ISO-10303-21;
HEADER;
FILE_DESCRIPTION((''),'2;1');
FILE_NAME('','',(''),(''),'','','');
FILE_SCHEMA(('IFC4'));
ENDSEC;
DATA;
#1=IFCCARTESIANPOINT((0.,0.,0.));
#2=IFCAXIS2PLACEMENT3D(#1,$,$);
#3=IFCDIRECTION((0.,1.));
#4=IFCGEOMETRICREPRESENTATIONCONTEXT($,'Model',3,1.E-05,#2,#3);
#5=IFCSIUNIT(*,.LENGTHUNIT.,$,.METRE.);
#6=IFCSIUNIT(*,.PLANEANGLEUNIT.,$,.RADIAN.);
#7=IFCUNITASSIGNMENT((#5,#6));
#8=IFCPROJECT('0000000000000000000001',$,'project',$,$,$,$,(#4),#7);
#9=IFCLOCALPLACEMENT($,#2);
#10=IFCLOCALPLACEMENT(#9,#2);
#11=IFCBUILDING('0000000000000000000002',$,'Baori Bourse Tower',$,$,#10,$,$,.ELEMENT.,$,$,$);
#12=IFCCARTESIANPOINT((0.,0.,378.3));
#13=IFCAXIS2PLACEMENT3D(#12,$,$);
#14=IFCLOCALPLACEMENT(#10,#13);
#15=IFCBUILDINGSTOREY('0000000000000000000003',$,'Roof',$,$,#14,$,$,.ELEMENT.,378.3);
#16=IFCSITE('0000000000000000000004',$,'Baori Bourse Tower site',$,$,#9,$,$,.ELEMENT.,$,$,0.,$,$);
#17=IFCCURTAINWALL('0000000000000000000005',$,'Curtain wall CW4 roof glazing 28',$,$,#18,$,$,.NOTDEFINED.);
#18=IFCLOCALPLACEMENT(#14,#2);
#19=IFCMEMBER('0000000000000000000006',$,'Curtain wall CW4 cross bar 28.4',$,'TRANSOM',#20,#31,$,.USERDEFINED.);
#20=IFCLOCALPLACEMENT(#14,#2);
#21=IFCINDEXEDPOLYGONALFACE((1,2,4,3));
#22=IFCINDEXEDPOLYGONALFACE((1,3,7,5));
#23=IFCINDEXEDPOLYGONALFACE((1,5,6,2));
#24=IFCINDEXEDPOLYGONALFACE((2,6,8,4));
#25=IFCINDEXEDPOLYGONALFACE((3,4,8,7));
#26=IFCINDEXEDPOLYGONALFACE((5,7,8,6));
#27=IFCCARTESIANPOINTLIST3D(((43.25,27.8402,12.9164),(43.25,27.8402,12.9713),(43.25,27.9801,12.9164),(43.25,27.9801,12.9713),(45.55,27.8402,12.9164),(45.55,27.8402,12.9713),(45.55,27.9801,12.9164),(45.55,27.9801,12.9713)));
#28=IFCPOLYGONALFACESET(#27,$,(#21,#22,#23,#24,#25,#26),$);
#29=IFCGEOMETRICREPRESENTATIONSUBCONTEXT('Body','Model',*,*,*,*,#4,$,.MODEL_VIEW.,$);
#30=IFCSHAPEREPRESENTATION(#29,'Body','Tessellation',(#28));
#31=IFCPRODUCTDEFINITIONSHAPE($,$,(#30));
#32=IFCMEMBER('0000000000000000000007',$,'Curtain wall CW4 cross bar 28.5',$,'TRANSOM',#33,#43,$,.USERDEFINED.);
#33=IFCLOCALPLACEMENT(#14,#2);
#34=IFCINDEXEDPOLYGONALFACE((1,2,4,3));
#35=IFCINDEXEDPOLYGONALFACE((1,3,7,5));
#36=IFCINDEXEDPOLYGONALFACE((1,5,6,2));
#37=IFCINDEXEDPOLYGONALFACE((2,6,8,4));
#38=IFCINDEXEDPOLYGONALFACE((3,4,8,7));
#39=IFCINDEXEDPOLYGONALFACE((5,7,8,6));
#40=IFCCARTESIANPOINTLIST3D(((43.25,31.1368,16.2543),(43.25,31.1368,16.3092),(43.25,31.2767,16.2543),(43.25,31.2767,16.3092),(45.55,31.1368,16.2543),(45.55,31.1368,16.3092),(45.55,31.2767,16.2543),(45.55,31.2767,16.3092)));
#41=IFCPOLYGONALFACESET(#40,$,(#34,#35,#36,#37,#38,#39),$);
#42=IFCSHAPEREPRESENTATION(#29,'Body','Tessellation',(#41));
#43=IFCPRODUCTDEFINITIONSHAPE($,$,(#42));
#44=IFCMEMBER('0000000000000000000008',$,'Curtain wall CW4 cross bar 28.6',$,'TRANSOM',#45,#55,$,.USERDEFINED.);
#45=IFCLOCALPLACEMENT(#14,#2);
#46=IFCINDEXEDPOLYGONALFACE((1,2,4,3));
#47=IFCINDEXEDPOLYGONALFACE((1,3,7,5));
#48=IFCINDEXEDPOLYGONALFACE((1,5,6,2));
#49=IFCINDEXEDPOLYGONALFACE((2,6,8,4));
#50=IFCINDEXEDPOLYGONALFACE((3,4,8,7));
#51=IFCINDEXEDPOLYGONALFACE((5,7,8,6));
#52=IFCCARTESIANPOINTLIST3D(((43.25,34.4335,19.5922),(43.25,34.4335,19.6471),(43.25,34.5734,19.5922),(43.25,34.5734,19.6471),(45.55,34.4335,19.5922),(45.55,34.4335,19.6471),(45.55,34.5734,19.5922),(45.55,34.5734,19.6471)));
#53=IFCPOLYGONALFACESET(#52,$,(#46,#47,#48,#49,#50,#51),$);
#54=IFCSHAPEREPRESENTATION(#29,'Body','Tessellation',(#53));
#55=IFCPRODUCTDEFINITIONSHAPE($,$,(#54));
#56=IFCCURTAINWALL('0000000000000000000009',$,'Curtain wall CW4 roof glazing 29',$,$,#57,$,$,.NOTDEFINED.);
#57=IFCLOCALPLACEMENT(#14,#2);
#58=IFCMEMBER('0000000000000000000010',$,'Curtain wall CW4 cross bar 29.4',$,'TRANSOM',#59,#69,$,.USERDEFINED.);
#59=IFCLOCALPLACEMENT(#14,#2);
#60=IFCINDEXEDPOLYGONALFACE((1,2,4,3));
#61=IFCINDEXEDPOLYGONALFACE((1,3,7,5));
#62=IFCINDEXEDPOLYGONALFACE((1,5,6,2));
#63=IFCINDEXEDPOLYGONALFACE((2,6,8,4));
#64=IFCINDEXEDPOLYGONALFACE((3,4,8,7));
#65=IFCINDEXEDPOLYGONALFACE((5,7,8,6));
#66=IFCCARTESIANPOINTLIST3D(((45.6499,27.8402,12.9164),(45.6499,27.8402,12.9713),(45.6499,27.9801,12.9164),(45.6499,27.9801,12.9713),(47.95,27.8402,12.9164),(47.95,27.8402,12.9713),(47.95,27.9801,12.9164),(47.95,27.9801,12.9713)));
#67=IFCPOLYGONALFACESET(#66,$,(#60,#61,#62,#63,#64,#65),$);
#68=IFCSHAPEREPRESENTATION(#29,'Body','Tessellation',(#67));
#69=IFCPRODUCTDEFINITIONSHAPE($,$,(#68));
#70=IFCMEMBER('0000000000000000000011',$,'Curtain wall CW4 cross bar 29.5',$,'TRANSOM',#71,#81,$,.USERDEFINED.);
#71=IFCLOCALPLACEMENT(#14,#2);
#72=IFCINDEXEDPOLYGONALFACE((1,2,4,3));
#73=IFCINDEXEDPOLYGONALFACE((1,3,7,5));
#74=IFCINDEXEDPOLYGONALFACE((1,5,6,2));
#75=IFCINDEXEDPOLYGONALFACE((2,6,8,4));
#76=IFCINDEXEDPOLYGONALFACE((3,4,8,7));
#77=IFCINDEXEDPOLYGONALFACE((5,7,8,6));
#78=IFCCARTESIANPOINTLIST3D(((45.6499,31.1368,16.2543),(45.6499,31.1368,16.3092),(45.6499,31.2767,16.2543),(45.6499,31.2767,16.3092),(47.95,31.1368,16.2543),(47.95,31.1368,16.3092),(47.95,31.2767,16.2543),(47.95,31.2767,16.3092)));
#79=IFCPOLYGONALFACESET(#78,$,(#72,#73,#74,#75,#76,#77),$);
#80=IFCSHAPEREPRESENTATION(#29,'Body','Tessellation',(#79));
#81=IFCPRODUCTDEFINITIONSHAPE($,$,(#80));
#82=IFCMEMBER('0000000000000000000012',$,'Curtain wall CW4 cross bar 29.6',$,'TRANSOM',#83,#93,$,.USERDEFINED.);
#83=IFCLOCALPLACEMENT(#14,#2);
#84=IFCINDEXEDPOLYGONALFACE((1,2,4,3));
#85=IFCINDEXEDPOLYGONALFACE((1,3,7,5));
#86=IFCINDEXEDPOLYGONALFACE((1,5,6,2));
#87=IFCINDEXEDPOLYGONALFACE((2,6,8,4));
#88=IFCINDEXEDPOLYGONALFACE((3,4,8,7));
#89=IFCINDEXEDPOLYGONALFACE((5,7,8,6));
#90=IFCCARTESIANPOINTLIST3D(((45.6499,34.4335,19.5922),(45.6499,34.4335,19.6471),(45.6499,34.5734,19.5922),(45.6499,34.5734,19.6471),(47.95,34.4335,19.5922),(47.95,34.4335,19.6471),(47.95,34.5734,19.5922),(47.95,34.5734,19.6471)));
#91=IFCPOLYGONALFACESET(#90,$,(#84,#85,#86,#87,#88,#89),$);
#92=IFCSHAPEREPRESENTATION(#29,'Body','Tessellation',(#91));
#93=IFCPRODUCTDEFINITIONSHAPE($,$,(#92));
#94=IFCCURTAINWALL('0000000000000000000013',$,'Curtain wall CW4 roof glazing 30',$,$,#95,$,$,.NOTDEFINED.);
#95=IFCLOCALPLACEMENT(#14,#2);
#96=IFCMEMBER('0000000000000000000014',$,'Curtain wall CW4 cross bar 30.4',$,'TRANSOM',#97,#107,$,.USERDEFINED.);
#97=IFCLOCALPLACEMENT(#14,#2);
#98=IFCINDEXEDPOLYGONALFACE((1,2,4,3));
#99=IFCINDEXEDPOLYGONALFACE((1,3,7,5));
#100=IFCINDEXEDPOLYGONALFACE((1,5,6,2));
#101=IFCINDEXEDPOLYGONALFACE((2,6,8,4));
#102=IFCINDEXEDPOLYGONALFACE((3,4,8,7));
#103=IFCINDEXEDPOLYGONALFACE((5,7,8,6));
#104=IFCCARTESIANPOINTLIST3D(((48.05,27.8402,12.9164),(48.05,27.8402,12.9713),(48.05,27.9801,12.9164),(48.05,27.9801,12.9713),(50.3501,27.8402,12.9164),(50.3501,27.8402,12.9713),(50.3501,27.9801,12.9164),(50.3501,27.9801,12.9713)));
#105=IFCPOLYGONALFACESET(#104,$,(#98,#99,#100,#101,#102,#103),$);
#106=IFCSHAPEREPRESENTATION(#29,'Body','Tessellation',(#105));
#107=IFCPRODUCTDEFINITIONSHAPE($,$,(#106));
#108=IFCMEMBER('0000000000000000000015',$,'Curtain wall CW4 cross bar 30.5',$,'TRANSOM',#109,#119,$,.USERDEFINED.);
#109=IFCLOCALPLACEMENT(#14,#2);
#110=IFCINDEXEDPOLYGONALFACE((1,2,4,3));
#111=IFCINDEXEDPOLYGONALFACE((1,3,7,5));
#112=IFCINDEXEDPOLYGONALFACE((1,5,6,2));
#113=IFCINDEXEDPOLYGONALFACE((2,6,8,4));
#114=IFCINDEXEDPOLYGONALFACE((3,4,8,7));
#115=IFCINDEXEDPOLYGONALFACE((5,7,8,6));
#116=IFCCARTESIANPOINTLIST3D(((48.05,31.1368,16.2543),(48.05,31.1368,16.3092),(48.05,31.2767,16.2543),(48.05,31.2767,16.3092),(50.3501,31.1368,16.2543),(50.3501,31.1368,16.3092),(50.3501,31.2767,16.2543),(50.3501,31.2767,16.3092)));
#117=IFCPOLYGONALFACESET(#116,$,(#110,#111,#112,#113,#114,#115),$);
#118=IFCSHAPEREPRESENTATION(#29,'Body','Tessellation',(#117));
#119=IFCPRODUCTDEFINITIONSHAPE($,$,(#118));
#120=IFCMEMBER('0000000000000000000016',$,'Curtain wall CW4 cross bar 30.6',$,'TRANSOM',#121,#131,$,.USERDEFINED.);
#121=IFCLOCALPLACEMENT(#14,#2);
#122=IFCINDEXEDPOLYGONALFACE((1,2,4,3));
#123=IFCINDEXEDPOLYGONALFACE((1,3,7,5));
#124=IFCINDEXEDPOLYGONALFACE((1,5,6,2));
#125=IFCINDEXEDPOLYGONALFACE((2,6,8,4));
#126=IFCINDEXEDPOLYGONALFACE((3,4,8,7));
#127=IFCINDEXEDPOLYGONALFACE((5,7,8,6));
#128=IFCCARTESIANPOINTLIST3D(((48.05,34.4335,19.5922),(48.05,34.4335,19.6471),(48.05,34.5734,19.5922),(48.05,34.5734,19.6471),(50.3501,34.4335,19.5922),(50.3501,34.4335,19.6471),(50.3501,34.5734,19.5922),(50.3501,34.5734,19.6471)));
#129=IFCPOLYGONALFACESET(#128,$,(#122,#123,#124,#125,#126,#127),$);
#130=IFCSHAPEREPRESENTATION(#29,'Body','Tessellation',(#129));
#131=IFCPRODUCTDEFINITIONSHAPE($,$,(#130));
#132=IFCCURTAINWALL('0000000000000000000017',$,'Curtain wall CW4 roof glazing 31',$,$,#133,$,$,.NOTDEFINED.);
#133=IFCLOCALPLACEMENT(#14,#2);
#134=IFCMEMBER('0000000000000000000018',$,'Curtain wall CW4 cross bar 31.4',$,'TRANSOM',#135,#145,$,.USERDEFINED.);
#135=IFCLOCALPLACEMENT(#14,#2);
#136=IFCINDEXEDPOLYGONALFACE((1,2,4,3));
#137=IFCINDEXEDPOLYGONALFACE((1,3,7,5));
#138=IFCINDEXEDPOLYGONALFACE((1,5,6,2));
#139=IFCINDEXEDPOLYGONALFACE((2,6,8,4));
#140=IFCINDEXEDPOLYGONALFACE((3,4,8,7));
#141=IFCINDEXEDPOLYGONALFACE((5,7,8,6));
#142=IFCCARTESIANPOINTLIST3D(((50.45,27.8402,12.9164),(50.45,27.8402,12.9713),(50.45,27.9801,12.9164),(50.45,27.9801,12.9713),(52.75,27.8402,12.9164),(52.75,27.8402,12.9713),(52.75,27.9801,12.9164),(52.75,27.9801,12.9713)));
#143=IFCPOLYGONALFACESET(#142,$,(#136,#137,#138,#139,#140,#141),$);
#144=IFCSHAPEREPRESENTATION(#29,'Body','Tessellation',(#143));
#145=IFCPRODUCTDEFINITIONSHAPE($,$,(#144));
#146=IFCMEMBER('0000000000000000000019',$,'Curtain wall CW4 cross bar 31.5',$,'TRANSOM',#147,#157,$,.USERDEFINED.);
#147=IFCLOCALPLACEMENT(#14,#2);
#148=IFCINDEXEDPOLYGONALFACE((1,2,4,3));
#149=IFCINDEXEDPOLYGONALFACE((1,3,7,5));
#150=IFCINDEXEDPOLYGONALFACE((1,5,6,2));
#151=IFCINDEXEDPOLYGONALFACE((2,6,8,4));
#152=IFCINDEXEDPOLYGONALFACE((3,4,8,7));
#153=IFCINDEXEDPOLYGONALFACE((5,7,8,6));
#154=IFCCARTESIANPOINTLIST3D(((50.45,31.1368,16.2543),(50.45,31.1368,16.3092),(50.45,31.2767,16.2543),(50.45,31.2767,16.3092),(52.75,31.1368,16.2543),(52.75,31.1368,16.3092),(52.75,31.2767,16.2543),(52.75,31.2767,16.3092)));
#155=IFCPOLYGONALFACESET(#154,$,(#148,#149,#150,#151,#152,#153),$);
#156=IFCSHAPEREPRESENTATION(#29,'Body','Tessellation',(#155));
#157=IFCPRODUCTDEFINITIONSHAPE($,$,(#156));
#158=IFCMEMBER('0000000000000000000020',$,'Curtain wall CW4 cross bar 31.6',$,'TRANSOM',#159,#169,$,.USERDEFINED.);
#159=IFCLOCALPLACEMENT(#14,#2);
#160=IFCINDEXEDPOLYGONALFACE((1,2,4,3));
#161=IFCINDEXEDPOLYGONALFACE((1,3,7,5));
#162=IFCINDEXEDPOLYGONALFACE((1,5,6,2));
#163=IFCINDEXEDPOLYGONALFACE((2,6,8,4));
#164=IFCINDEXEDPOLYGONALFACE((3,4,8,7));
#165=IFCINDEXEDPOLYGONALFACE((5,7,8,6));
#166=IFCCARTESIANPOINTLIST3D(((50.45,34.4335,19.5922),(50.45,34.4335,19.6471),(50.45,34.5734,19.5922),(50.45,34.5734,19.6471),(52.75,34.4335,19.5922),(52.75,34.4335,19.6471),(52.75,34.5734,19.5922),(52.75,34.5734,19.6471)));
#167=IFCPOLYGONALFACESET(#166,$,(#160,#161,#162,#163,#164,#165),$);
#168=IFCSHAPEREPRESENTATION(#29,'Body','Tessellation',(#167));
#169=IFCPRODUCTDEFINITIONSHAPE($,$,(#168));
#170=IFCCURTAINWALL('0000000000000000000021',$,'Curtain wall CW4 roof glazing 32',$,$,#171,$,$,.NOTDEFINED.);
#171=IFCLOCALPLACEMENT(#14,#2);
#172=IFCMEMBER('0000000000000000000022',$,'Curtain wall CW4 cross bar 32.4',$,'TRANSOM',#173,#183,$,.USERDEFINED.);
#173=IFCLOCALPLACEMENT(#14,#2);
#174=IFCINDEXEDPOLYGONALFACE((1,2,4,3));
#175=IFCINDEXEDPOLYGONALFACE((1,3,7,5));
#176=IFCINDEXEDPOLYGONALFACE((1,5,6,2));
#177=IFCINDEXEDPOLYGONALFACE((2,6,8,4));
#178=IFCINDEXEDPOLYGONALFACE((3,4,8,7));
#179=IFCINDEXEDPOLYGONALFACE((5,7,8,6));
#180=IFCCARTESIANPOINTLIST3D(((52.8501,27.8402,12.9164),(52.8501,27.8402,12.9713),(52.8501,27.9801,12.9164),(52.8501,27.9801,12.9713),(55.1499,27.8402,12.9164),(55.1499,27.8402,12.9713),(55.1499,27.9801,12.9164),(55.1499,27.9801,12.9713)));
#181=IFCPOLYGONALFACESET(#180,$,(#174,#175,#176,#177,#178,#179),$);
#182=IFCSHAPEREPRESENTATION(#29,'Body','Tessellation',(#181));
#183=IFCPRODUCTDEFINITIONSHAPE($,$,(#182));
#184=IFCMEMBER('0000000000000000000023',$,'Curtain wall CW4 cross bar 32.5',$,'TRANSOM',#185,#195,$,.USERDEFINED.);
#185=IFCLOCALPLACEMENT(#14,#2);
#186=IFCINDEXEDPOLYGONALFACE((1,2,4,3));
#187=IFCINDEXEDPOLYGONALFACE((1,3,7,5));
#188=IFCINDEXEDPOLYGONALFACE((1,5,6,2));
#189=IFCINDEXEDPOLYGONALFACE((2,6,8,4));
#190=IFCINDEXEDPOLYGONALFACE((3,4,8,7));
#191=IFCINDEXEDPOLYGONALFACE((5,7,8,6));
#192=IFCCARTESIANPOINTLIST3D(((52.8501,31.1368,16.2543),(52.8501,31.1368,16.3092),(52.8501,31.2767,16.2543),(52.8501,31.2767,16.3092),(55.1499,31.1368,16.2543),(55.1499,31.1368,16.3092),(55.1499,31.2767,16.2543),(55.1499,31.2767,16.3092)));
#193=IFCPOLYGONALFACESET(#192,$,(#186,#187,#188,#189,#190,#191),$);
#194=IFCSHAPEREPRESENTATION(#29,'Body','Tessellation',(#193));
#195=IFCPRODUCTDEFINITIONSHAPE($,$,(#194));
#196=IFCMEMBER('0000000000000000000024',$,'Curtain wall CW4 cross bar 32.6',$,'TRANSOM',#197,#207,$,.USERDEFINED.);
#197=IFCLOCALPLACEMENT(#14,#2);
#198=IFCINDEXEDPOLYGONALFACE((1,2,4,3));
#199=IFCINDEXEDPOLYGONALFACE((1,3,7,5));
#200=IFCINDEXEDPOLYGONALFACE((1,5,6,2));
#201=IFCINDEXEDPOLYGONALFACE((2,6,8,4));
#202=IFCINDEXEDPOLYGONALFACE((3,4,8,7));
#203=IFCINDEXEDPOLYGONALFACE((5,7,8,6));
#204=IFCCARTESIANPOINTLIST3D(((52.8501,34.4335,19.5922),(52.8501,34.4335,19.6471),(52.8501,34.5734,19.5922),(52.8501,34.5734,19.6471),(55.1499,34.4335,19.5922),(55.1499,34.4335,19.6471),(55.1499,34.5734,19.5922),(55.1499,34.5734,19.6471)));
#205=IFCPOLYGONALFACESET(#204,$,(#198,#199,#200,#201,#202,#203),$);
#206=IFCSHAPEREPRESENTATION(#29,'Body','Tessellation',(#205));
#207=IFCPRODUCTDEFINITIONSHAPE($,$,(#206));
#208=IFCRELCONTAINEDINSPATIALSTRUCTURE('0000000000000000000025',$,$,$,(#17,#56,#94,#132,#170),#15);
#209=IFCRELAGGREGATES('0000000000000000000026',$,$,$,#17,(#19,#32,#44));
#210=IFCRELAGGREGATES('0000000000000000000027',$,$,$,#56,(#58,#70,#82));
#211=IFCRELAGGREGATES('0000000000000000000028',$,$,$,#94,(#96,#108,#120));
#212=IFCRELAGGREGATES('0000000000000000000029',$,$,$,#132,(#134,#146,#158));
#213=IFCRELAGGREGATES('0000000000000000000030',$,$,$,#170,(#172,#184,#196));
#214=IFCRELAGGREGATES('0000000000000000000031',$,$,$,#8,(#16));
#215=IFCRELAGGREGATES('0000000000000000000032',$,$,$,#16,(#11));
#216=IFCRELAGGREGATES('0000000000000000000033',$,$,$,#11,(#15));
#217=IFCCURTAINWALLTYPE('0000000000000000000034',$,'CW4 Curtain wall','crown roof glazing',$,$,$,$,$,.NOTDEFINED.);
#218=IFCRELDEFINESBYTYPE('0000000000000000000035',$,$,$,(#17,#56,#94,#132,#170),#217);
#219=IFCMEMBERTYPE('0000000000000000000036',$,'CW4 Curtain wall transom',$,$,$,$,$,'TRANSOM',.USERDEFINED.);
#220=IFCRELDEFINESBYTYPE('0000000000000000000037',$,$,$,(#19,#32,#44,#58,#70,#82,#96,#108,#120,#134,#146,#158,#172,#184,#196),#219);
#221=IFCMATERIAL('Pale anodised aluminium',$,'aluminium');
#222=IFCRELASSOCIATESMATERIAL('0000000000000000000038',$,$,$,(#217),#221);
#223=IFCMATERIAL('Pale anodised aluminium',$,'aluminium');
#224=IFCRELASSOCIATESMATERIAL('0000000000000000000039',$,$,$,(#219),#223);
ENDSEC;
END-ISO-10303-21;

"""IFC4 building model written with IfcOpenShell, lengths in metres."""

from ifc_helpers import new_model, si_unit, direction, frame, origin, origin_2d, place, context, subcontext, project, spatial, rectangle, extrude, material, material_profile, profile_set, type_object, element, aggregate, save


model = new_model("IFC4")

# Units and contexts
model_context = context("Model", 3, precision=1e-05, world=origin(), true_north=direction((0.0, 1.0)))
body_context = subcontext(model_context, "Body", "Model", "MODEL_VIEW")
ifc_project = project(units=[si_unit("LENGTHUNIT", "METRE"), si_unit("PLANEANGLEUNIT", "RADIAN")], contexts=[model_context])

# Site, building, storey
site_placement = place(None, origin())
site = spatial("IfcSite", under=ifc_project, at=site_placement, Name="Baori Bourse Tower site", CompositionType="ELEMENT", RefElevation=0.0)
building_placement = place(site_placement, origin())
building = spatial("IfcBuilding", under=site, at=building_placement, Name="Baori Bourse Tower", CompositionType="ELEMENT")
storey_placement = place(building_placement, frame((0.0, 0.0, 378.3)))
storey = spatial("IfcBuildingStorey", under=building, at=storey_placement, Name="Roof", CompositionType="ELEMENT", Elevation=378.3)

# Curtain walls, members
ifc_material_1 = material(Name="Pale anodised aluminium", Category="aluminium")
curtain_wall_type_1 = type_object("IfcCurtainWallType", Name="CW4 Curtain wall", Description="crown roof glazing", PredefinedType="NOTDEFINED", material=ifc_material_1)
curtain_wall_1_placement = place(storey_placement, origin())
curtain_wall_1 = element("IfcCurtainWall", 1, at=curtain_wall_1_placement, inside=storey, type_object=curtain_wall_type_1, Name="Curtain wall CW4 roof glazing 28", PredefinedType="NOTDEFINED")
ifc_material_2 = material(Name="Pale anodised aluminium", Category="aluminium")
ifc_material_profile = material_profile(ifc_material_2, rectangle(XDim=0.1399, YDim=0.0549, at=origin_2d()), Name="Transom 55x140")
ifc_profile_set = profile_set([ifc_material_profile], Name="Pale anodised aluminium")
member_type = type_object("IfcMemberType", Name="CW4 Curtain wall transom", ElementType="TRANSOM", PredefinedType="USERDEFINED", material=ifc_profile_set)
member_1_placement = place(storey_placement, frame((43.25, 27.9102, 12.9438), z_axis=(1.0, 0.0, 0.0), x_axis=(0.0, 1.0, 0.0)))
member_1 = element("IfcMember", 2, at=member_1_placement, type_object=member_type, Name="Curtain wall CW4 cross bar 28.4", ObjectType="TRANSOM", PredefinedType="USERDEFINED", context=body_context, shape_type="SweptSolid", body=[
    extrude(rectangle(XDim=0.1399, YDim=0.0549, at=origin_2d()), origin(), (0.0, 0.0, 1.0), 2.3),
])
member_2_placement = place(storey_placement, frame((43.25, 31.2068, 16.2817), z_axis=(1.0, 0.0, 0.0), x_axis=(0.0, 1.0, 0.0)))
member_2 = element("IfcMember", 3, at=member_2_placement, type_object=member_type, Name="Curtain wall CW4 cross bar 28.5", ObjectType="TRANSOM", PredefinedType="USERDEFINED", context=body_context, shape_type="SweptSolid", body=[
    extrude(rectangle(XDim=0.1399, YDim=0.0549, at=origin_2d()), origin(), (0.0, 0.0, 1.0), 2.3),
])
member_3_placement = place(storey_placement, frame((43.25, 34.5034, 19.6196), z_axis=(1.0, 0.0, 0.0), x_axis=(0.0, 1.0, 0.0)))
member_3 = element("IfcMember", 4, at=member_3_placement, type_object=member_type, Name="Curtain wall CW4 cross bar 28.6", ObjectType="TRANSOM", PredefinedType="USERDEFINED", context=body_context, shape_type="SweptSolid", body=[
    extrude(rectangle(XDim=0.1399, YDim=0.0549, at=origin_2d()), origin(), (0.0, 0.0, 1.0), 2.3),
])
curtain_wall_2_placement = place(storey_placement, origin())
curtain_wall_2 = element("IfcCurtainWall", 5, at=curtain_wall_2_placement, inside=storey, type_object=curtain_wall_type_1, Name="Curtain wall CW4 roof glazing 29", PredefinedType="NOTDEFINED")
member_4_placement = place(storey_placement, frame((45.6499, 27.9102, 12.9438), z_axis=(1.0, 0.0, 0.0), x_axis=(0.0, 1.0, 0.0)))
member_4 = element("IfcMember", 6, at=member_4_placement, type_object=member_type, Name="Curtain wall CW4 cross bar 29.4", ObjectType="TRANSOM", PredefinedType="USERDEFINED", context=body_context, shape_type="SweptSolid", body=[
    extrude(rectangle(XDim=0.1399, YDim=0.0549, at=origin_2d()), origin(), (0.0, 0.0, 1.0), 2.3),
])
member_5_placement = place(storey_placement, frame((45.6499, 31.2068, 16.2817), z_axis=(1.0, 0.0, 0.0), x_axis=(0.0, 1.0, 0.0)))
member_5 = element("IfcMember", 7, at=member_5_placement, type_object=member_type, Name="Curtain wall CW4 cross bar 29.5", ObjectType="TRANSOM", PredefinedType="USERDEFINED", context=body_context, shape_type="SweptSolid", body=[
    extrude(rectangle(XDim=0.1399, YDim=0.0549, at=origin_2d()), origin(), (0.0, 0.0, 1.0), 2.3),
])
member_6_placement = place(storey_placement, frame((45.6499, 34.5034, 19.6196), z_axis=(1.0, 0.0, 0.0), x_axis=(0.0, 1.0, 0.0)))
member_6 = element("IfcMember", 8, at=member_6_placement, type_object=member_type, Name="Curtain wall CW4 cross bar 29.6", ObjectType="TRANSOM", PredefinedType="USERDEFINED", context=body_context, shape_type="SweptSolid", body=[
    extrude(rectangle(XDim=0.1399, YDim=0.0549, at=origin_2d()), origin(), (0.0, 0.0, 1.0), 2.3),
])
curtain_wall_3_placement = place(storey_placement, origin())
curtain_wall_3 = element("IfcCurtainWall", 9, at=curtain_wall_3_placement, inside=storey, type_object=curtain_wall_type_1, Name="Curtain wall CW4 roof glazing 30", PredefinedType="NOTDEFINED")
member_7_placement = place(storey_placement, frame((48.05, 27.9102, 12.9438), z_axis=(1.0, 0.0, 0.0), x_axis=(0.0, 1.0, 0.0)))
member_7 = element("IfcMember", 10, at=member_7_placement, type_object=member_type, Name="Curtain wall CW4 cross bar 30.4", ObjectType="TRANSOM", PredefinedType="USERDEFINED", context=body_context, shape_type="SweptSolid", body=[
    extrude(rectangle(XDim=0.1399, YDim=0.0549, at=origin_2d()), origin(), (0.0, 0.0, 1.0), 2.3),
])
member_8_placement = place(storey_placement, frame((48.05, 31.2068, 16.2817), z_axis=(1.0, 0.0, 0.0), x_axis=(0.0, 1.0, 0.0)))
member_8 = element("IfcMember", 11, at=member_8_placement, type_object=member_type, Name="Curtain wall CW4 cross bar 30.5", ObjectType="TRANSOM", PredefinedType="USERDEFINED", context=body_context, shape_type="SweptSolid", body=[
    extrude(rectangle(XDim=0.1399, YDim=0.0549, at=origin_2d()), origin(), (0.0, 0.0, 1.0), 2.3),
])
member_9_placement = place(storey_placement, frame((48.05, 34.5034, 19.6196), z_axis=(1.0, 0.0, 0.0), x_axis=(0.0, 1.0, 0.0)))
member_9 = element("IfcMember", 12, at=member_9_placement, type_object=member_type, Name="Curtain wall CW4 cross bar 30.6", ObjectType="TRANSOM", PredefinedType="USERDEFINED", context=body_context, shape_type="SweptSolid", body=[
    extrude(rectangle(XDim=0.1399, YDim=0.0549, at=origin_2d()), origin(), (0.0, 0.0, 1.0), 2.3),
])
curtain_wall_4_placement = place(storey_placement, origin())
curtain_wall_4 = element("IfcCurtainWall", 13, at=curtain_wall_4_placement, inside=storey, type_object=curtain_wall_type_1, Name="Curtain wall CW4 roof glazing 31", PredefinedType="NOTDEFINED")
member_10_placement = place(storey_placement, frame((50.45, 27.9102, 12.9438), z_axis=(1.0, 0.0, 0.0), x_axis=(0.0, 1.0, 0.0)))
member_10 = element("IfcMember", 14, at=member_10_placement, type_object=member_type, Name="Curtain wall CW4 cross bar 31.4", ObjectType="TRANSOM", PredefinedType="USERDEFINED", context=body_context, shape_type="SweptSolid", body=[
    extrude(rectangle(XDim=0.1399, YDim=0.0549, at=origin_2d()), origin(), (0.0, 0.0, 1.0), 2.3),
])
member_11_placement = place(storey_placement, frame((50.45, 31.2068, 16.2817), z_axis=(1.0, 0.0, 0.0), x_axis=(0.0, 1.0, 0.0)))
member_11 = element("IfcMember", 15, at=member_11_placement, type_object=member_type, Name="Curtain wall CW4 cross bar 31.5", ObjectType="TRANSOM", PredefinedType="USERDEFINED", context=body_context, shape_type="SweptSolid", body=[
    extrude(rectangle(XDim=0.1399, YDim=0.0549, at=origin_2d()), origin(), (0.0, 0.0, 1.0), 2.3),
])
member_12_placement = place(storey_placement, frame((50.45, 34.5034, 19.6196), z_axis=(1.0, 0.0, 0.0), x_axis=(0.0, 1.0, 0.0)))
member_12 = element("IfcMember", 16, at=member_12_placement, type_object=member_type, Name="Curtain wall CW4 cross bar 31.6", ObjectType="TRANSOM", PredefinedType="USERDEFINED", context=body_context, shape_type="SweptSolid", body=[
    extrude(rectangle(XDim=0.1399, YDim=0.0549, at=origin_2d()), origin(), (0.0, 0.0, 1.0), 2.3),
])
curtain_wall_5_placement = place(storey_placement, origin())
curtain_wall_5 = element("IfcCurtainWall", 17, at=curtain_wall_5_placement, inside=storey, type_object=curtain_wall_type_1, Name="Curtain wall CW4 roof glazing 32", PredefinedType="NOTDEFINED")
member_13_placement = place(storey_placement, frame((52.8501, 27.9102, 12.9438), z_axis=(1.0, 0.0, 0.0), x_axis=(0.0, 1.0, 0.0)))
member_13 = element("IfcMember", 18, at=member_13_placement, type_object=member_type, Name="Curtain wall CW4 cross bar 32.4", ObjectType="TRANSOM", PredefinedType="USERDEFINED", context=body_context, shape_type="SweptSolid", body=[
    extrude(rectangle(XDim=0.1399, YDim=0.0549, at=origin_2d()), origin(), (0.0, 0.0, 1.0), 2.2998),
])
member_14_placement = place(storey_placement, frame((52.8501, 31.2068, 16.2817), z_axis=(1.0, 0.0, 0.0), x_axis=(0.0, 1.0, 0.0)))
member_14 = element("IfcMember", 19, at=member_14_placement, type_object=member_type, Name="Curtain wall CW4 cross bar 32.5", ObjectType="TRANSOM", PredefinedType="USERDEFINED", context=body_context, shape_type="SweptSolid", body=[
    extrude(rectangle(XDim=0.1399, YDim=0.0549, at=origin_2d()), origin(), (0.0, 0.0, 1.0), 2.2998),
])
member_15_placement = place(storey_placement, frame((52.8501, 34.5034, 19.6196), z_axis=(1.0, 0.0, 0.0), x_axis=(0.0, 1.0, 0.0)))
member_15 = element("IfcMember", 20, at=member_15_placement, type_object=member_type, Name="Curtain wall CW4 cross bar 32.6", ObjectType="TRANSOM", PredefinedType="USERDEFINED", context=body_context, shape_type="SweptSolid", body=[
    extrude(rectangle(XDim=0.1399, YDim=0.0549, at=origin_2d()), origin(), (0.0, 0.0, 1.0), 2.2998),
])

aggregate(curtain_wall_1, [member_1, member_2, member_3])
aggregate(curtain_wall_2, [member_4, member_5, member_6])
aggregate(curtain_wall_3, [member_7, member_8, member_9])
aggregate(curtain_wall_4, [member_10, member_11, member_12])
aggregate(curtain_wall_5, [member_13, member_14, member_15])

save(model, "model.ifc")
